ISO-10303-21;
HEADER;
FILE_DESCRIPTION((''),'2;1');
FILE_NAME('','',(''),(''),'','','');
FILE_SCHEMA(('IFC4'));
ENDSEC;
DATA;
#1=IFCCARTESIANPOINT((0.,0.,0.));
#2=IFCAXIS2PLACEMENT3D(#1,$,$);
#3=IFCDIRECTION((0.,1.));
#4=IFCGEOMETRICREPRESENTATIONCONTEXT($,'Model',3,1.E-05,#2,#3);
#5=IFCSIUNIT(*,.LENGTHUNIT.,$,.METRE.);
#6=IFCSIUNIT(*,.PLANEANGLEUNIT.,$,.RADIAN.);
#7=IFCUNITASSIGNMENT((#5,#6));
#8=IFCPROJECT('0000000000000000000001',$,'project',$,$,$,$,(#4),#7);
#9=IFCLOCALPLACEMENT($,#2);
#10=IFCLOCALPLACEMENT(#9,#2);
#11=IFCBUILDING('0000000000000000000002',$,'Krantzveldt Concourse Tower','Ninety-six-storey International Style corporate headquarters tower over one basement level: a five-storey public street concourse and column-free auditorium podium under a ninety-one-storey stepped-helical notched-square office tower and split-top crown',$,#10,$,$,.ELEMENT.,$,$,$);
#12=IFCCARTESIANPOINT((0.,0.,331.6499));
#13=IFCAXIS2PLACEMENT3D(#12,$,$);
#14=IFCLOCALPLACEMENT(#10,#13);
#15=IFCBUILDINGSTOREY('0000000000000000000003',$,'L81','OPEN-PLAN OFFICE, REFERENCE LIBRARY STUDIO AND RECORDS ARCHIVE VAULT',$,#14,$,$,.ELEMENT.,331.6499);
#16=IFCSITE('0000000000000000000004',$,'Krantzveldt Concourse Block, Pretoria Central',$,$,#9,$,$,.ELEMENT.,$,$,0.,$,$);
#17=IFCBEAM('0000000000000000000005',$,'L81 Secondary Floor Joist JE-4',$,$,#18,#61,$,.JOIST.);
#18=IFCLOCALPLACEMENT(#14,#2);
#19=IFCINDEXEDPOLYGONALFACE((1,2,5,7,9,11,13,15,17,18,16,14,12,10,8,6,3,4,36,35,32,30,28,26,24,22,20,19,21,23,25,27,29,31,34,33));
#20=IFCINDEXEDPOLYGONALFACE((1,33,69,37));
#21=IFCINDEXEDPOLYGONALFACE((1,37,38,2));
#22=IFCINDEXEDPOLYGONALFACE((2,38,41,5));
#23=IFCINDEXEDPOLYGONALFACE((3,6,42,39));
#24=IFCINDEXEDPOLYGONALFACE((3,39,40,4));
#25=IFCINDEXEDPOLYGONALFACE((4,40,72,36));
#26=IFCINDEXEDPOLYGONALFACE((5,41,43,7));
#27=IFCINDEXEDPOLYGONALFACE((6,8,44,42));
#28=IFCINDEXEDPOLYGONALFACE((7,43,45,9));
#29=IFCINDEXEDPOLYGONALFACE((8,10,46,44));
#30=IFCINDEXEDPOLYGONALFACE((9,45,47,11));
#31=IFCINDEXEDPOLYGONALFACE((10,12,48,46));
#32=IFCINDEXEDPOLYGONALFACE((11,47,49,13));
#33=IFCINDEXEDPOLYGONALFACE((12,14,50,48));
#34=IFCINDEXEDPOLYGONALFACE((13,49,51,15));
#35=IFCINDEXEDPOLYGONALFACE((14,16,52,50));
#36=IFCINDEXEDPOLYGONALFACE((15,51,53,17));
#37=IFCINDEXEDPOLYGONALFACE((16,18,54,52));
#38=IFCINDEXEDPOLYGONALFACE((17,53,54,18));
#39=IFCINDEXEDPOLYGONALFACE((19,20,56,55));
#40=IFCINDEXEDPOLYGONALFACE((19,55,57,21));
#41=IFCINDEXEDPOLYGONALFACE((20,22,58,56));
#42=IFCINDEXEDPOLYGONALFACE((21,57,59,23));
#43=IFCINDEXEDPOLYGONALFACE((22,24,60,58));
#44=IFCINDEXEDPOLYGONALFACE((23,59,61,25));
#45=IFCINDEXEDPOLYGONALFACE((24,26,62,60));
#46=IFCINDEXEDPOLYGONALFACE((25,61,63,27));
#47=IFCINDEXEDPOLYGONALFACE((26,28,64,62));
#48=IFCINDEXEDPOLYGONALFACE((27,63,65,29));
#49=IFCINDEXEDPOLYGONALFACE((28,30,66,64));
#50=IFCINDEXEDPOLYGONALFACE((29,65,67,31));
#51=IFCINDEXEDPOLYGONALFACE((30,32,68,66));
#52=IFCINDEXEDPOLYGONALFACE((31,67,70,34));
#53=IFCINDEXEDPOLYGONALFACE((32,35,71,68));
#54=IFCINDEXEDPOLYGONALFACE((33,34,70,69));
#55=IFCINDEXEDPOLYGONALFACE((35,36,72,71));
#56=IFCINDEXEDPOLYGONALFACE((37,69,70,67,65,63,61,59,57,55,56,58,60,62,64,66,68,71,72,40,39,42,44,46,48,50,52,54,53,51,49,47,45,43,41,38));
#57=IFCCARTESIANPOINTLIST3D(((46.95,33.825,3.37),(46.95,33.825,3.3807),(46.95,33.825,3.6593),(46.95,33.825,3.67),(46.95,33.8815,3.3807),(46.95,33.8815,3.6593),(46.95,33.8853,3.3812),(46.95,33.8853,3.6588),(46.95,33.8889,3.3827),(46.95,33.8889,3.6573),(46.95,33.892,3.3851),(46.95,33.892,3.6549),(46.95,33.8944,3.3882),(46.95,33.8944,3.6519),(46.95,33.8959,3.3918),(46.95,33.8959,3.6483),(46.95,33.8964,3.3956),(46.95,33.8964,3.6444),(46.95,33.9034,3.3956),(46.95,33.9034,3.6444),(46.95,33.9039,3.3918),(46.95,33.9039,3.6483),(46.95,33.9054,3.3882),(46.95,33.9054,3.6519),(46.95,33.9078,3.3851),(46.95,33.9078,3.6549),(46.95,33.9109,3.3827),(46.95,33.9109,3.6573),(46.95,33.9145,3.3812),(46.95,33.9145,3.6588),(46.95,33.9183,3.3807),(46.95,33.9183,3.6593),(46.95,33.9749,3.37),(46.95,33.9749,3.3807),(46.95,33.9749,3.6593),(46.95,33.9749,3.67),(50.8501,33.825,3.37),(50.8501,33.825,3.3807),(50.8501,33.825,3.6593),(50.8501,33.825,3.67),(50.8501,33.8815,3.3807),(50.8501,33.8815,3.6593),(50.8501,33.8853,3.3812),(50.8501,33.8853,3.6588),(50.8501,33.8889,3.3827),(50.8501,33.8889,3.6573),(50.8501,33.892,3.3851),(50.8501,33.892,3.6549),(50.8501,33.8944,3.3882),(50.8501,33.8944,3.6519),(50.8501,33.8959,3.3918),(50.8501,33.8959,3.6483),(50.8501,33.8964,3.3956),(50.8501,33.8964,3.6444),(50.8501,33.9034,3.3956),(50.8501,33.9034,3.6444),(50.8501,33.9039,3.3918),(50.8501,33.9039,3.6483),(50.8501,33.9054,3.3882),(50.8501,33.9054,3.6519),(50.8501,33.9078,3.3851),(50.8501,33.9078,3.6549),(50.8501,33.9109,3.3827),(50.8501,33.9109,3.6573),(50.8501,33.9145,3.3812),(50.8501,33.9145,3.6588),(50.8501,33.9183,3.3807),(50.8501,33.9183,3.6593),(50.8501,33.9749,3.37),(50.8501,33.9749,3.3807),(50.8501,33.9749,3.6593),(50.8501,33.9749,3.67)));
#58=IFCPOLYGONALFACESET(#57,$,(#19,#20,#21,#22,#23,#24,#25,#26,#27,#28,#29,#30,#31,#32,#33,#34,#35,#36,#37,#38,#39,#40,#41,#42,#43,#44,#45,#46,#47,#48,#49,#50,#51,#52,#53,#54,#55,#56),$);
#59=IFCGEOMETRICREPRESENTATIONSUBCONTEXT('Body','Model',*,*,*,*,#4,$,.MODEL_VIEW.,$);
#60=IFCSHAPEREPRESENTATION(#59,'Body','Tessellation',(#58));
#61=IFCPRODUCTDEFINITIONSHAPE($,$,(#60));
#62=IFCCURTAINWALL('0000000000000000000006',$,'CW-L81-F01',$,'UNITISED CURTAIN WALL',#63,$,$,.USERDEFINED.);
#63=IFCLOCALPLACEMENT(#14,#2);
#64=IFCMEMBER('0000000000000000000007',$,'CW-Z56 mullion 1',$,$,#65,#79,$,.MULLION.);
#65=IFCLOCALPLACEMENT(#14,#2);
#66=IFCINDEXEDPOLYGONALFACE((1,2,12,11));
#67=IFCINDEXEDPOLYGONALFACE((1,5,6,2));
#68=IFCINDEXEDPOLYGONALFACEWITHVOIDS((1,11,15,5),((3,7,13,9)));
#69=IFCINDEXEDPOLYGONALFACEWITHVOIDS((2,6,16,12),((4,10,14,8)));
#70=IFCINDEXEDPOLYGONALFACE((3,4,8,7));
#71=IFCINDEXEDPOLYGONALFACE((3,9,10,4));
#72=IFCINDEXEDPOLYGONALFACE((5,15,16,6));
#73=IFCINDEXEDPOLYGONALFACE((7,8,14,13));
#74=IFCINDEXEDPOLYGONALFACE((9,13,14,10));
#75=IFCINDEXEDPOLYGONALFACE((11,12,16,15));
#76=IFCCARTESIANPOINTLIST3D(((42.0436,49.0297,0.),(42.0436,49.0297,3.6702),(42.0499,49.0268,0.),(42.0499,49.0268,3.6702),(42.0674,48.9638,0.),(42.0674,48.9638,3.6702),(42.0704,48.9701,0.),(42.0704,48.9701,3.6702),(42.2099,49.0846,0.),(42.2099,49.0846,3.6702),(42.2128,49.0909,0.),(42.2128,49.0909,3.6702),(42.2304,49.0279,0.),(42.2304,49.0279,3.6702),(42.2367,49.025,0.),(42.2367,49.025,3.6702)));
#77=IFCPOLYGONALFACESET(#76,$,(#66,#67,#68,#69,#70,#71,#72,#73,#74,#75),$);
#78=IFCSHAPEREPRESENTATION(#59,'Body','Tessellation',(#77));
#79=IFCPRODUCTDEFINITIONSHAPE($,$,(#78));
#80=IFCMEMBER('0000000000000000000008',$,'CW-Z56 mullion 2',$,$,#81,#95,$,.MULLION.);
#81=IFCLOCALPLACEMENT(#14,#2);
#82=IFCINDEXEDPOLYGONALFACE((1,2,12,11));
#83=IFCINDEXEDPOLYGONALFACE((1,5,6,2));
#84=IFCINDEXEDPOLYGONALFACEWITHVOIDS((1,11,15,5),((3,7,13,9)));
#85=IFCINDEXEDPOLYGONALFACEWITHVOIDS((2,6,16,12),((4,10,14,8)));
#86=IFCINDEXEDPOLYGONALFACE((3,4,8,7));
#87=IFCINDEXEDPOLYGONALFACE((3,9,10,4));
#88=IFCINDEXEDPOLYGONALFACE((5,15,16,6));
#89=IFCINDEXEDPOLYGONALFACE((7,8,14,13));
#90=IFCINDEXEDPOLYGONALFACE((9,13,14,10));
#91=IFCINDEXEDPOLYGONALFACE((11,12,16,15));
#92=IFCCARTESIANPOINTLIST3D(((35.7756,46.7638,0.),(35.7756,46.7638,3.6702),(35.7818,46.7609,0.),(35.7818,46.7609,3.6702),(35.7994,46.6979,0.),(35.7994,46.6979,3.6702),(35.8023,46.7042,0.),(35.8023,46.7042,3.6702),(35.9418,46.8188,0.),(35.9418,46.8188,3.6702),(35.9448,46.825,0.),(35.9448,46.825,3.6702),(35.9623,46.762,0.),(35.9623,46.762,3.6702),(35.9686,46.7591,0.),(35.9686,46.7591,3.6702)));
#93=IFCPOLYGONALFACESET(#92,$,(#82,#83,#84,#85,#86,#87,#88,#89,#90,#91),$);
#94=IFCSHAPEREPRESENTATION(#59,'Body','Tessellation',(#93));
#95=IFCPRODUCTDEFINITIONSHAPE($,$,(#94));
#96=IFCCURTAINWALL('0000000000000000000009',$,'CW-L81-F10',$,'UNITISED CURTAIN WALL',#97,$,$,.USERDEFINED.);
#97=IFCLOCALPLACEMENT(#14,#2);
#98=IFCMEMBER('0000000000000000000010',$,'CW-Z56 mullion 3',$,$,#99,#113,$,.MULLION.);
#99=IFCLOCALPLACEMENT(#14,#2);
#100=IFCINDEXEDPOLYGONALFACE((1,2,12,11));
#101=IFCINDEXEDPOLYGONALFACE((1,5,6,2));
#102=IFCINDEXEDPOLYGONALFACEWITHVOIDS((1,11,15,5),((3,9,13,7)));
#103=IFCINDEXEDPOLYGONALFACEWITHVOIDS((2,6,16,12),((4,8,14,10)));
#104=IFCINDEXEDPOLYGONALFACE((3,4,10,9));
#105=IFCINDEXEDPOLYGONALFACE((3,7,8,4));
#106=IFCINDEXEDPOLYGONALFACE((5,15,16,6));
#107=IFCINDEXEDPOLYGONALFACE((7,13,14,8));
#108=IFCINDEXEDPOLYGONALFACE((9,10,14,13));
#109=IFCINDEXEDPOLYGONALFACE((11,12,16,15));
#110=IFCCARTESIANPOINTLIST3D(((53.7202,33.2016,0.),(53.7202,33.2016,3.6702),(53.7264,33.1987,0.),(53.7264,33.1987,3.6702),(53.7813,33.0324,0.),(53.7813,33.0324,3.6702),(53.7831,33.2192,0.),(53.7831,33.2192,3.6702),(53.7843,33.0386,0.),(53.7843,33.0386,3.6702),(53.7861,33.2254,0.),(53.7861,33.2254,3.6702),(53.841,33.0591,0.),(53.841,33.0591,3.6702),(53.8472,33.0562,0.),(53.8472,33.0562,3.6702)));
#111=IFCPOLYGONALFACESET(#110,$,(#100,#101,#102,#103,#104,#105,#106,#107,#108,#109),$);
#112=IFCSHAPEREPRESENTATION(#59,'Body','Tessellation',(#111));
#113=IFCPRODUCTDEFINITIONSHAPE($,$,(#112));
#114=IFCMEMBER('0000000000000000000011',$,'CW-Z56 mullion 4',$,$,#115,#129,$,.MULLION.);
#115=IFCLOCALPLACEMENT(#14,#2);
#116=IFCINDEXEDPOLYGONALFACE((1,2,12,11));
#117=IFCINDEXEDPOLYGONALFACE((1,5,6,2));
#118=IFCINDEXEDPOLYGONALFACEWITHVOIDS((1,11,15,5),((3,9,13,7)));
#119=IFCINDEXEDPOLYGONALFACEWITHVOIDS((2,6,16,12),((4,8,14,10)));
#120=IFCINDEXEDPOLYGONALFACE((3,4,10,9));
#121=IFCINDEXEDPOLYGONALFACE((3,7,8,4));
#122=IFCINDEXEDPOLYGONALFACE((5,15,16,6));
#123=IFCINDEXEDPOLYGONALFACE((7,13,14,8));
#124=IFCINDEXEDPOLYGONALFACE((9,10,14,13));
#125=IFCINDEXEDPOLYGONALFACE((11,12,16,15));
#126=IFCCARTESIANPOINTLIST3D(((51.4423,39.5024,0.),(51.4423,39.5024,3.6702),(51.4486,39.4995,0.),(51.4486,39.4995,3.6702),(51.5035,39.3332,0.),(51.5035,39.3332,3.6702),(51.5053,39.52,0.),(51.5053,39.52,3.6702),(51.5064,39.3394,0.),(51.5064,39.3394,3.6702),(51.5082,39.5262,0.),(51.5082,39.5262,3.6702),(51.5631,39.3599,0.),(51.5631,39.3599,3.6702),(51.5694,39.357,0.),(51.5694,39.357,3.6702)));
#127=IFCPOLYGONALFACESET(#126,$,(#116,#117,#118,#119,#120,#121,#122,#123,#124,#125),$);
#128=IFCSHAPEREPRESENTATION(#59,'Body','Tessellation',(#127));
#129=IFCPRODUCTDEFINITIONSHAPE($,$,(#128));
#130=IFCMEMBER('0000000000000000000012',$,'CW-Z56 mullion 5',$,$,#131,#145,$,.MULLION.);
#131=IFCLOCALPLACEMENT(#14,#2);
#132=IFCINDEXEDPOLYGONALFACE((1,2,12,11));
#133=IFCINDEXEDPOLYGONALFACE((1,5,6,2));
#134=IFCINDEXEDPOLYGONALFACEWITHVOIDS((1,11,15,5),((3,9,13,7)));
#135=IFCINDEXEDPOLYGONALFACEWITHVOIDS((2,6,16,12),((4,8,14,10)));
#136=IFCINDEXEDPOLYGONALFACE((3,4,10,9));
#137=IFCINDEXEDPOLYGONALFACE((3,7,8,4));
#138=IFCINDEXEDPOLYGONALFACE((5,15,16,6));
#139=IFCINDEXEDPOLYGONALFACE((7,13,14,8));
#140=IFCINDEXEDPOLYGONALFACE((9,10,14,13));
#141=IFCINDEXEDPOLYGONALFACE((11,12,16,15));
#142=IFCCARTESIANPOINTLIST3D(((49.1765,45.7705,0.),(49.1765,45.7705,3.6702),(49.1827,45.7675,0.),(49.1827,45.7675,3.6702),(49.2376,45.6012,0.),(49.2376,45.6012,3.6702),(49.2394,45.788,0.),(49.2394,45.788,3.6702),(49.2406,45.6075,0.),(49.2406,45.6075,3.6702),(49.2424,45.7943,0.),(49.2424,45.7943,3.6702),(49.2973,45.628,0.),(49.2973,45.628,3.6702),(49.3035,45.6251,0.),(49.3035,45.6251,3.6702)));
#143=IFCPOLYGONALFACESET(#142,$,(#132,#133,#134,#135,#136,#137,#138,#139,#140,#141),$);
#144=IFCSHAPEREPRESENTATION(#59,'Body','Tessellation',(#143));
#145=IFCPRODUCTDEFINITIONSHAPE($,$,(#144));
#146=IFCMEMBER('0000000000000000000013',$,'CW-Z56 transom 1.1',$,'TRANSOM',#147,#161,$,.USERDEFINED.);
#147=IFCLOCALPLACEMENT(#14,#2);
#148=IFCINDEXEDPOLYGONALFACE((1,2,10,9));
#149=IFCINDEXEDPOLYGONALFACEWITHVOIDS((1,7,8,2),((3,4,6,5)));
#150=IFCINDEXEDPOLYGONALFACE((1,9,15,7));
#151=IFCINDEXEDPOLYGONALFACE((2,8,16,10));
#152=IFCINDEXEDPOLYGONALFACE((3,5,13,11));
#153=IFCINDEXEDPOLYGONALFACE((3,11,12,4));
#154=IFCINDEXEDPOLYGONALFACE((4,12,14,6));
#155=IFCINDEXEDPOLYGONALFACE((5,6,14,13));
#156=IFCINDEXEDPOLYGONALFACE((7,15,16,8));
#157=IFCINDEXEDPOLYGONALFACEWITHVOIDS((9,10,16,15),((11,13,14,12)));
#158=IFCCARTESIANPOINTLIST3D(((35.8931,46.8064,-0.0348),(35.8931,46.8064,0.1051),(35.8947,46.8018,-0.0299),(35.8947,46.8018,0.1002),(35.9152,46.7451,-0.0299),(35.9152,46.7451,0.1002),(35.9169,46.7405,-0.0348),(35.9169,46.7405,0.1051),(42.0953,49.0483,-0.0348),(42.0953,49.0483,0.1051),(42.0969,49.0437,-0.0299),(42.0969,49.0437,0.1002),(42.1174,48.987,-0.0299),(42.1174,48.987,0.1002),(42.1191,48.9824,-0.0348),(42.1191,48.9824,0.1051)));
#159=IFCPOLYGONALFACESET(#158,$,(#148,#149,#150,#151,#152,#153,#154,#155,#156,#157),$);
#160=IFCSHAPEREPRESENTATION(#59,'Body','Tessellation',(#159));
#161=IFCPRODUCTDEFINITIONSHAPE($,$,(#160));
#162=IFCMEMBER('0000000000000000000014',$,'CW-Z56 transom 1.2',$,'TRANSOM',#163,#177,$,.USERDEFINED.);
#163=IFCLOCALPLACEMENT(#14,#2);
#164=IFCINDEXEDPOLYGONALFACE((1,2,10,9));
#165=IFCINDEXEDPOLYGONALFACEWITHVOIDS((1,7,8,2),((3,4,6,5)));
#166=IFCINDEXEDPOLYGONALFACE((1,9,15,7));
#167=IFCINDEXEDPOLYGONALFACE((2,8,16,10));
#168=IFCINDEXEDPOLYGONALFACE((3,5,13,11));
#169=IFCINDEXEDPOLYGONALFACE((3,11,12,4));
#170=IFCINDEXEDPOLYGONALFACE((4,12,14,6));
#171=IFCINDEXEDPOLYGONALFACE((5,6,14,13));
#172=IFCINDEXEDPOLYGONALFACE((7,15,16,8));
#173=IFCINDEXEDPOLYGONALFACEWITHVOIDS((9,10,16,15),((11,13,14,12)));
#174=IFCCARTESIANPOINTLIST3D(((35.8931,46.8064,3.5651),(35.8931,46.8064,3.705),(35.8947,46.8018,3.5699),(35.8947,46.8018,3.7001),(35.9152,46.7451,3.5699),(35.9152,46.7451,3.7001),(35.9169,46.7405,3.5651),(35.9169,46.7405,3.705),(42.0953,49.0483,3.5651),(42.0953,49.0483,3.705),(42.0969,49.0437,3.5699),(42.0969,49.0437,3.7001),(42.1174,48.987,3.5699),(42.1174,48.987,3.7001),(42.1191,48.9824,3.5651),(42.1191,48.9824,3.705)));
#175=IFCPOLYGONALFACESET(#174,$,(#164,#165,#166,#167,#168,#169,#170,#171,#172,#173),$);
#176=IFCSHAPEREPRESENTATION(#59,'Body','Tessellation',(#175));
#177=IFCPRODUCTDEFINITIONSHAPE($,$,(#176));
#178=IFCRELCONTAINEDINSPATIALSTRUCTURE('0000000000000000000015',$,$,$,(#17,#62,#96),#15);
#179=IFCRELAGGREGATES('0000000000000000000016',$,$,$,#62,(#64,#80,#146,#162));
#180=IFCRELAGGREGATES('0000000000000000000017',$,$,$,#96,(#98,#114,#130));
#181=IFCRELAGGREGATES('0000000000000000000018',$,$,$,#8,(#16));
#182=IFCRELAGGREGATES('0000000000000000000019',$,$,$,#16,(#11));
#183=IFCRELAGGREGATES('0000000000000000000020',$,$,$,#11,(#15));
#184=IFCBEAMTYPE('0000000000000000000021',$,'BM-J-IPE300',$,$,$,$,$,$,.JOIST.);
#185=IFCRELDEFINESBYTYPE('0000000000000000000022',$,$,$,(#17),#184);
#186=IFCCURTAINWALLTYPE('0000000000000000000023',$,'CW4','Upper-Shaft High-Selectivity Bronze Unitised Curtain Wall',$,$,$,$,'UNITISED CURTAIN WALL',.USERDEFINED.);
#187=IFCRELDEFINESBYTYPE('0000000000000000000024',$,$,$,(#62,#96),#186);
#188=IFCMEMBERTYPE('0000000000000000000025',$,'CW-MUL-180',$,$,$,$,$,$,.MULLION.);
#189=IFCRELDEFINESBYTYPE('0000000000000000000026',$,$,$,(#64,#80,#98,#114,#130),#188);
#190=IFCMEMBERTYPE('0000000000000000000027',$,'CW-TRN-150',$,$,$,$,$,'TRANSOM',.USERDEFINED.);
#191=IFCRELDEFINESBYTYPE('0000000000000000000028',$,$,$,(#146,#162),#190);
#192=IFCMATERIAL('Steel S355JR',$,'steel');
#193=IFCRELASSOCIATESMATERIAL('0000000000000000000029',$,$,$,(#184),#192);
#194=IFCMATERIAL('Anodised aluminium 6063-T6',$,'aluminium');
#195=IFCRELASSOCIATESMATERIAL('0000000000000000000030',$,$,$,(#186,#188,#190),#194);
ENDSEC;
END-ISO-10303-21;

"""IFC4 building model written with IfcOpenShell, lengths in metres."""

from ifc_helpers import new_model, si_unit, direction, frame, origin, origin_2d, place, context, subcontext, project, spatial, hollow_rectangle, i_section, extrude, source, transform, mapped, material, material_profile, profile_set, type_object, type_shapes, element, aggregate, save


model = new_model("IFC4")

# Units and contexts
model_context = context("Model", 3, precision=1e-05, world=origin(), true_north=direction((0.0, 1.0)))
body_context = subcontext(model_context, "Body", "Model", "MODEL_VIEW")
ifc_project = project(units=[si_unit("LENGTHUNIT", "METRE"), si_unit("PLANEANGLEUNIT", "RADIAN")], contexts=[model_context])

# Site, building, storey
site_placement = place(None, origin())
site = spatial("IfcSite", under=ifc_project, at=site_placement, Name="Krantzveldt Concourse Block, Pretoria Central", CompositionType="ELEMENT", RefElevation=0.0)
building_placement = place(site_placement, origin())
building = spatial("IfcBuilding", under=site, at=building_placement, Name="Krantzveldt Concourse Tower", Description="Ninety-six-storey International Style corporate headquarters tower over one basement level: a five-storey public street concourse and column-free auditorium podium under a ninety-one-storey stepped-helical notched-square office tower and split-top crown", CompositionType="ELEMENT")
storey_placement = place(building_placement, frame((0.0, 0.0, 331.6499)))
storey = spatial("IfcBuildingStorey", under=building, at=storey_placement, Name="L81", Description="OPEN-PLAN OFFICE, REFERENCE LIBRARY STUDIO AND RECORDS ARCHIVE VAULT", CompositionType="ELEMENT", Elevation=331.6499)

# Beam
ifc_material_1 = material(Name="Steel S355JR", Category="steel")
ifc_material_profile_1 = material_profile(ifc_material_1, i_section(OverallWidth=0.1499, OverallDepth=0.3, WebThickness=0.0071, FlangeThickness=0.0107, FilletRadius=0.0149, at=origin_2d()), Name="Steel S355JR", Category="steel")
ifc_profile_set_1 = profile_set([ifc_material_profile_1], Name="Steel S355JR - IPE 300")
beam_type_1 = type_object("IfcBeamType", Name="BM-J-IPE300", PredefinedType="JOIST", material=ifc_profile_set_1)
shared_shape_1 = source(origin(), body_context, "Body", "SweptSolid", [
    extrude(i_section(OverallWidth=0.1499, OverallDepth=0.3, WebThickness=0.0071, FlangeThickness=0.0107, FilletRadius=0.0149, at=origin_2d()), origin(), (0.0, 0.0, 1.0), 3.9001),
])
type_shapes(beam_type_1, [shared_shape_1])
beam_1_placement = place(storey_placement, frame((46.95, 33.8999, 3.52), z_axis=(1.0, 0.0, 0.0), x_axis=(0.0, 1.0, 0.0)))
element("IfcBeam", 1, at=beam_1_placement, inside=storey, type_object=beam_type_1, Name="L81 Secondary Floor Joist JE-4", PredefinedType="JOIST", context=body_context, shape_type="MappedRepresentation", body=[
    mapped(shared_shape_1, transform((0.0, 0.0, 0.0), x_axis=(1.0, 0.0, 0.0), y_axis=(0.0, 1.0, 0.0), z_axis=(0.0, 0.0, 1.0), scale=1.0)),
])

# Curtain walls, members
ifc_material_2 = material(Name="Anodised aluminium 6063-T6", Category="aluminium")
curtain_wall_type = type_object("IfcCurtainWallType", Name="CW4", Description="Upper-Shaft High-Selectivity Bronze Unitised Curtain Wall", ElementType="UNITISED CURTAIN WALL", PredefinedType="USERDEFINED", material=ifc_material_2)
curtain_wall_1_placement = place(storey_placement, origin())
curtain_wall_1 = element("IfcCurtainWall", 2, at=curtain_wall_1_placement, inside=storey, type_object=curtain_wall_type, Name="CW-L81-F01", ObjectType="UNITISED CURTAIN WALL", PredefinedType="USERDEFINED")
ifc_material_profile_2 = material_profile(ifc_material_2, hollow_rectangle(XDim=0.0701, YDim=0.1799, WallThickness=0.0049, at=origin_2d()), Name="Anodised aluminium 6063-T6", Category="aluminium")
ifc_profile_set_2 = profile_set([ifc_material_profile_2], Name="Anodised aluminium 6063-T6 - ALU-MULL 180x70x5")
member_type_1 = type_object("IfcMemberType", Name="CW-MUL-180", PredefinedType="MULLION", material=ifc_profile_set_2)
shared_shape_2 = source(origin(), body_context, "Body", "SweptSolid", [
    extrude(hollow_rectangle(XDim=0.0701, YDim=0.1799, WallThickness=0.0049, at=origin_2d()), origin(), (0.0, 0.0, 1.0), 3.6702),
])
type_shapes(member_type_1, [shared_shape_2])
member_1_placement = place(storey_placement, frame((42.1401, 49.0273, 0.0), z_axis=(0.0, 0.0, 1.0), x_axis=(0.339969, -0.940437, 0.0)))
member_1 = element("IfcMember", 3, at=member_1_placement, type_object=member_type_1, Name="CW-Z56 mullion 1", PredefinedType="MULLION", context=body_context, shape_type="MappedRepresentation", body=[
    mapped(shared_shape_2, transform((0.0, 0.0, 0.0), x_axis=(1.0, 0.0, 0.0), y_axis=(0.0, 1.0, 0.0), z_axis=(0.0, 0.0, 1.0), scale=1.0)),
])
member_2_placement = place(storey_placement, frame((35.8721, 46.7615, 0.0), z_axis=(0.0, 0.0, 1.0), x_axis=(0.339969, -0.940437, 0.0)))
member_2 = element("IfcMember", 4, at=member_2_placement, type_object=member_type_1, Name="CW-Z56 mullion 2", PredefinedType="MULLION", context=body_context, shape_type="MappedRepresentation", body=[
    mapped(shared_shape_2, transform((0.0, 0.0, 0.0), x_axis=(1.0, 0.0, 0.0), y_axis=(0.0, 1.0, 0.0), z_axis=(0.0, 0.0, 1.0), scale=1.0)),
])
curtain_wall_2_placement = place(storey_placement, origin())
curtain_wall_2 = element("IfcCurtainWall", 5, at=curtain_wall_2_placement, inside=storey, type_object=curtain_wall_type, Name="CW-L81-F10", ObjectType="UNITISED CURTAIN WALL", PredefinedType="USERDEFINED")
member_3_placement = place(storey_placement, frame((53.7837, 33.1289, 0.0), z_axis=(0.0, 0.0, 1.0), x_axis=(-0.940437, -0.339969, 0.0)))
member_3 = element("IfcMember", 6, at=member_3_placement, type_object=member_type_1, Name="CW-Z56 mullion 3", PredefinedType="MULLION", context=body_context, shape_type="MappedRepresentation", body=[
    mapped(shared_shape_2, transform((0.0, 0.0, 0.0), x_axis=(1.0, 0.0, 0.0), y_axis=(0.0, 1.0, 0.0), z_axis=(0.0, 0.0, 1.0), scale=1.0)),
])
member_4_placement = place(storey_placement, frame((51.5059, 39.4297, 0.0), z_axis=(0.0, 0.0, 1.0), x_axis=(-0.940437, -0.339969, 0.0)))
member_4 = element("IfcMember", 7, at=member_4_placement, type_object=member_type_1, Name="CW-Z56 mullion 4", PredefinedType="MULLION", context=body_context, shape_type="MappedRepresentation", body=[
    mapped(shared_shape_2, transform((0.0, 0.0, 0.0), x_axis=(1.0, 0.0, 0.0), y_axis=(0.0, 1.0, 0.0), z_axis=(0.0, 0.0, 1.0), scale=1.0)),
])
member_5_placement = place(storey_placement, frame((49.24, 45.6978, 0.0), z_axis=(0.0, 0.0, 1.0), x_axis=(-0.940437, -0.339969, 0.0)))
member_5 = element("IfcMember", 8, at=member_5_placement, type_object=member_type_1, Name="CW-Z56 mullion 5", PredefinedType="MULLION", context=body_context, shape_type="MappedRepresentation", body=[
    mapped(shared_shape_2, transform((0.0, 0.0, 0.0), x_axis=(1.0, 0.0, 0.0), y_axis=(0.0, 1.0, 0.0), z_axis=(0.0, 0.0, 1.0), scale=1.0)),
])

# Members
ifc_material_profile_3 = material_profile(ifc_material_2, hollow_rectangle(XDim=0.0701, YDim=0.1399, WallThickness=0.0049, at=origin_2d()), Name="Anodised aluminium 6063-T6", Category="aluminium")
ifc_profile_set_3 = profile_set([ifc_material_profile_3], Name="Anodised aluminium 6063-T6 - ALU-TRAN 140x70x5")
member_type_2 = type_object("IfcMemberType", Name="CW-TRN-150", ElementType="TRANSOM", PredefinedType="USERDEFINED", material=ifc_profile_set_3)
shared_shape_3 = source(origin(), body_context, "Body", "SweptSolid", [
    extrude(hollow_rectangle(XDim=0.0701, YDim=0.1399, WallThickness=0.0049, at=origin_2d()), origin(), (0.0, 0.0, 1.0), 6.595),
])
member_6_placement = place(storey_placement, frame((42.1072, 49.0154, 0.0352), z_axis=(-0.940443, -0.33995, 0.0), x_axis=(0.33995, -0.940443, 0.0)))
member_6 = element("IfcMember", 9, at=member_6_placement, type_object=member_type_2, Name="CW-Z56 transom 1.1", ObjectType="TRANSOM", PredefinedType="USERDEFINED", context=body_context, shape_type="MappedRepresentation", body=[
    mapped(shared_shape_3, transform((0.0, 0.0, 0.0), x_axis=(1.0, 0.0, 0.0), y_axis=(0.0, 1.0, 0.0), z_axis=(0.0, 0.0, 1.0), scale=1.0)),
])
member_7_placement = place(storey_placement, frame((42.1072, 49.0154, 3.635), z_axis=(-0.940443, -0.33995, 0.0), x_axis=(0.33995, -0.940443, 0.0)))
member_7 = element("IfcMember", 10, at=member_7_placement, type_object=member_type_2, Name="CW-Z56 transom 1.2", ObjectType="TRANSOM", PredefinedType="USERDEFINED", context=body_context, shape_type="MappedRepresentation", body=[
    mapped(shared_shape_3, transform((0.0, 0.0, 0.0), x_axis=(1.0, 0.0, 0.0), y_axis=(0.0, 1.0, 0.0), z_axis=(0.0, 0.0, 1.0), scale=1.0)),
])

aggregate(curtain_wall_1, [member_1, member_2, member_6, member_7])
aggregate(curtain_wall_2, [member_3, member_4, member_5])

save(model, "model.ifc")
